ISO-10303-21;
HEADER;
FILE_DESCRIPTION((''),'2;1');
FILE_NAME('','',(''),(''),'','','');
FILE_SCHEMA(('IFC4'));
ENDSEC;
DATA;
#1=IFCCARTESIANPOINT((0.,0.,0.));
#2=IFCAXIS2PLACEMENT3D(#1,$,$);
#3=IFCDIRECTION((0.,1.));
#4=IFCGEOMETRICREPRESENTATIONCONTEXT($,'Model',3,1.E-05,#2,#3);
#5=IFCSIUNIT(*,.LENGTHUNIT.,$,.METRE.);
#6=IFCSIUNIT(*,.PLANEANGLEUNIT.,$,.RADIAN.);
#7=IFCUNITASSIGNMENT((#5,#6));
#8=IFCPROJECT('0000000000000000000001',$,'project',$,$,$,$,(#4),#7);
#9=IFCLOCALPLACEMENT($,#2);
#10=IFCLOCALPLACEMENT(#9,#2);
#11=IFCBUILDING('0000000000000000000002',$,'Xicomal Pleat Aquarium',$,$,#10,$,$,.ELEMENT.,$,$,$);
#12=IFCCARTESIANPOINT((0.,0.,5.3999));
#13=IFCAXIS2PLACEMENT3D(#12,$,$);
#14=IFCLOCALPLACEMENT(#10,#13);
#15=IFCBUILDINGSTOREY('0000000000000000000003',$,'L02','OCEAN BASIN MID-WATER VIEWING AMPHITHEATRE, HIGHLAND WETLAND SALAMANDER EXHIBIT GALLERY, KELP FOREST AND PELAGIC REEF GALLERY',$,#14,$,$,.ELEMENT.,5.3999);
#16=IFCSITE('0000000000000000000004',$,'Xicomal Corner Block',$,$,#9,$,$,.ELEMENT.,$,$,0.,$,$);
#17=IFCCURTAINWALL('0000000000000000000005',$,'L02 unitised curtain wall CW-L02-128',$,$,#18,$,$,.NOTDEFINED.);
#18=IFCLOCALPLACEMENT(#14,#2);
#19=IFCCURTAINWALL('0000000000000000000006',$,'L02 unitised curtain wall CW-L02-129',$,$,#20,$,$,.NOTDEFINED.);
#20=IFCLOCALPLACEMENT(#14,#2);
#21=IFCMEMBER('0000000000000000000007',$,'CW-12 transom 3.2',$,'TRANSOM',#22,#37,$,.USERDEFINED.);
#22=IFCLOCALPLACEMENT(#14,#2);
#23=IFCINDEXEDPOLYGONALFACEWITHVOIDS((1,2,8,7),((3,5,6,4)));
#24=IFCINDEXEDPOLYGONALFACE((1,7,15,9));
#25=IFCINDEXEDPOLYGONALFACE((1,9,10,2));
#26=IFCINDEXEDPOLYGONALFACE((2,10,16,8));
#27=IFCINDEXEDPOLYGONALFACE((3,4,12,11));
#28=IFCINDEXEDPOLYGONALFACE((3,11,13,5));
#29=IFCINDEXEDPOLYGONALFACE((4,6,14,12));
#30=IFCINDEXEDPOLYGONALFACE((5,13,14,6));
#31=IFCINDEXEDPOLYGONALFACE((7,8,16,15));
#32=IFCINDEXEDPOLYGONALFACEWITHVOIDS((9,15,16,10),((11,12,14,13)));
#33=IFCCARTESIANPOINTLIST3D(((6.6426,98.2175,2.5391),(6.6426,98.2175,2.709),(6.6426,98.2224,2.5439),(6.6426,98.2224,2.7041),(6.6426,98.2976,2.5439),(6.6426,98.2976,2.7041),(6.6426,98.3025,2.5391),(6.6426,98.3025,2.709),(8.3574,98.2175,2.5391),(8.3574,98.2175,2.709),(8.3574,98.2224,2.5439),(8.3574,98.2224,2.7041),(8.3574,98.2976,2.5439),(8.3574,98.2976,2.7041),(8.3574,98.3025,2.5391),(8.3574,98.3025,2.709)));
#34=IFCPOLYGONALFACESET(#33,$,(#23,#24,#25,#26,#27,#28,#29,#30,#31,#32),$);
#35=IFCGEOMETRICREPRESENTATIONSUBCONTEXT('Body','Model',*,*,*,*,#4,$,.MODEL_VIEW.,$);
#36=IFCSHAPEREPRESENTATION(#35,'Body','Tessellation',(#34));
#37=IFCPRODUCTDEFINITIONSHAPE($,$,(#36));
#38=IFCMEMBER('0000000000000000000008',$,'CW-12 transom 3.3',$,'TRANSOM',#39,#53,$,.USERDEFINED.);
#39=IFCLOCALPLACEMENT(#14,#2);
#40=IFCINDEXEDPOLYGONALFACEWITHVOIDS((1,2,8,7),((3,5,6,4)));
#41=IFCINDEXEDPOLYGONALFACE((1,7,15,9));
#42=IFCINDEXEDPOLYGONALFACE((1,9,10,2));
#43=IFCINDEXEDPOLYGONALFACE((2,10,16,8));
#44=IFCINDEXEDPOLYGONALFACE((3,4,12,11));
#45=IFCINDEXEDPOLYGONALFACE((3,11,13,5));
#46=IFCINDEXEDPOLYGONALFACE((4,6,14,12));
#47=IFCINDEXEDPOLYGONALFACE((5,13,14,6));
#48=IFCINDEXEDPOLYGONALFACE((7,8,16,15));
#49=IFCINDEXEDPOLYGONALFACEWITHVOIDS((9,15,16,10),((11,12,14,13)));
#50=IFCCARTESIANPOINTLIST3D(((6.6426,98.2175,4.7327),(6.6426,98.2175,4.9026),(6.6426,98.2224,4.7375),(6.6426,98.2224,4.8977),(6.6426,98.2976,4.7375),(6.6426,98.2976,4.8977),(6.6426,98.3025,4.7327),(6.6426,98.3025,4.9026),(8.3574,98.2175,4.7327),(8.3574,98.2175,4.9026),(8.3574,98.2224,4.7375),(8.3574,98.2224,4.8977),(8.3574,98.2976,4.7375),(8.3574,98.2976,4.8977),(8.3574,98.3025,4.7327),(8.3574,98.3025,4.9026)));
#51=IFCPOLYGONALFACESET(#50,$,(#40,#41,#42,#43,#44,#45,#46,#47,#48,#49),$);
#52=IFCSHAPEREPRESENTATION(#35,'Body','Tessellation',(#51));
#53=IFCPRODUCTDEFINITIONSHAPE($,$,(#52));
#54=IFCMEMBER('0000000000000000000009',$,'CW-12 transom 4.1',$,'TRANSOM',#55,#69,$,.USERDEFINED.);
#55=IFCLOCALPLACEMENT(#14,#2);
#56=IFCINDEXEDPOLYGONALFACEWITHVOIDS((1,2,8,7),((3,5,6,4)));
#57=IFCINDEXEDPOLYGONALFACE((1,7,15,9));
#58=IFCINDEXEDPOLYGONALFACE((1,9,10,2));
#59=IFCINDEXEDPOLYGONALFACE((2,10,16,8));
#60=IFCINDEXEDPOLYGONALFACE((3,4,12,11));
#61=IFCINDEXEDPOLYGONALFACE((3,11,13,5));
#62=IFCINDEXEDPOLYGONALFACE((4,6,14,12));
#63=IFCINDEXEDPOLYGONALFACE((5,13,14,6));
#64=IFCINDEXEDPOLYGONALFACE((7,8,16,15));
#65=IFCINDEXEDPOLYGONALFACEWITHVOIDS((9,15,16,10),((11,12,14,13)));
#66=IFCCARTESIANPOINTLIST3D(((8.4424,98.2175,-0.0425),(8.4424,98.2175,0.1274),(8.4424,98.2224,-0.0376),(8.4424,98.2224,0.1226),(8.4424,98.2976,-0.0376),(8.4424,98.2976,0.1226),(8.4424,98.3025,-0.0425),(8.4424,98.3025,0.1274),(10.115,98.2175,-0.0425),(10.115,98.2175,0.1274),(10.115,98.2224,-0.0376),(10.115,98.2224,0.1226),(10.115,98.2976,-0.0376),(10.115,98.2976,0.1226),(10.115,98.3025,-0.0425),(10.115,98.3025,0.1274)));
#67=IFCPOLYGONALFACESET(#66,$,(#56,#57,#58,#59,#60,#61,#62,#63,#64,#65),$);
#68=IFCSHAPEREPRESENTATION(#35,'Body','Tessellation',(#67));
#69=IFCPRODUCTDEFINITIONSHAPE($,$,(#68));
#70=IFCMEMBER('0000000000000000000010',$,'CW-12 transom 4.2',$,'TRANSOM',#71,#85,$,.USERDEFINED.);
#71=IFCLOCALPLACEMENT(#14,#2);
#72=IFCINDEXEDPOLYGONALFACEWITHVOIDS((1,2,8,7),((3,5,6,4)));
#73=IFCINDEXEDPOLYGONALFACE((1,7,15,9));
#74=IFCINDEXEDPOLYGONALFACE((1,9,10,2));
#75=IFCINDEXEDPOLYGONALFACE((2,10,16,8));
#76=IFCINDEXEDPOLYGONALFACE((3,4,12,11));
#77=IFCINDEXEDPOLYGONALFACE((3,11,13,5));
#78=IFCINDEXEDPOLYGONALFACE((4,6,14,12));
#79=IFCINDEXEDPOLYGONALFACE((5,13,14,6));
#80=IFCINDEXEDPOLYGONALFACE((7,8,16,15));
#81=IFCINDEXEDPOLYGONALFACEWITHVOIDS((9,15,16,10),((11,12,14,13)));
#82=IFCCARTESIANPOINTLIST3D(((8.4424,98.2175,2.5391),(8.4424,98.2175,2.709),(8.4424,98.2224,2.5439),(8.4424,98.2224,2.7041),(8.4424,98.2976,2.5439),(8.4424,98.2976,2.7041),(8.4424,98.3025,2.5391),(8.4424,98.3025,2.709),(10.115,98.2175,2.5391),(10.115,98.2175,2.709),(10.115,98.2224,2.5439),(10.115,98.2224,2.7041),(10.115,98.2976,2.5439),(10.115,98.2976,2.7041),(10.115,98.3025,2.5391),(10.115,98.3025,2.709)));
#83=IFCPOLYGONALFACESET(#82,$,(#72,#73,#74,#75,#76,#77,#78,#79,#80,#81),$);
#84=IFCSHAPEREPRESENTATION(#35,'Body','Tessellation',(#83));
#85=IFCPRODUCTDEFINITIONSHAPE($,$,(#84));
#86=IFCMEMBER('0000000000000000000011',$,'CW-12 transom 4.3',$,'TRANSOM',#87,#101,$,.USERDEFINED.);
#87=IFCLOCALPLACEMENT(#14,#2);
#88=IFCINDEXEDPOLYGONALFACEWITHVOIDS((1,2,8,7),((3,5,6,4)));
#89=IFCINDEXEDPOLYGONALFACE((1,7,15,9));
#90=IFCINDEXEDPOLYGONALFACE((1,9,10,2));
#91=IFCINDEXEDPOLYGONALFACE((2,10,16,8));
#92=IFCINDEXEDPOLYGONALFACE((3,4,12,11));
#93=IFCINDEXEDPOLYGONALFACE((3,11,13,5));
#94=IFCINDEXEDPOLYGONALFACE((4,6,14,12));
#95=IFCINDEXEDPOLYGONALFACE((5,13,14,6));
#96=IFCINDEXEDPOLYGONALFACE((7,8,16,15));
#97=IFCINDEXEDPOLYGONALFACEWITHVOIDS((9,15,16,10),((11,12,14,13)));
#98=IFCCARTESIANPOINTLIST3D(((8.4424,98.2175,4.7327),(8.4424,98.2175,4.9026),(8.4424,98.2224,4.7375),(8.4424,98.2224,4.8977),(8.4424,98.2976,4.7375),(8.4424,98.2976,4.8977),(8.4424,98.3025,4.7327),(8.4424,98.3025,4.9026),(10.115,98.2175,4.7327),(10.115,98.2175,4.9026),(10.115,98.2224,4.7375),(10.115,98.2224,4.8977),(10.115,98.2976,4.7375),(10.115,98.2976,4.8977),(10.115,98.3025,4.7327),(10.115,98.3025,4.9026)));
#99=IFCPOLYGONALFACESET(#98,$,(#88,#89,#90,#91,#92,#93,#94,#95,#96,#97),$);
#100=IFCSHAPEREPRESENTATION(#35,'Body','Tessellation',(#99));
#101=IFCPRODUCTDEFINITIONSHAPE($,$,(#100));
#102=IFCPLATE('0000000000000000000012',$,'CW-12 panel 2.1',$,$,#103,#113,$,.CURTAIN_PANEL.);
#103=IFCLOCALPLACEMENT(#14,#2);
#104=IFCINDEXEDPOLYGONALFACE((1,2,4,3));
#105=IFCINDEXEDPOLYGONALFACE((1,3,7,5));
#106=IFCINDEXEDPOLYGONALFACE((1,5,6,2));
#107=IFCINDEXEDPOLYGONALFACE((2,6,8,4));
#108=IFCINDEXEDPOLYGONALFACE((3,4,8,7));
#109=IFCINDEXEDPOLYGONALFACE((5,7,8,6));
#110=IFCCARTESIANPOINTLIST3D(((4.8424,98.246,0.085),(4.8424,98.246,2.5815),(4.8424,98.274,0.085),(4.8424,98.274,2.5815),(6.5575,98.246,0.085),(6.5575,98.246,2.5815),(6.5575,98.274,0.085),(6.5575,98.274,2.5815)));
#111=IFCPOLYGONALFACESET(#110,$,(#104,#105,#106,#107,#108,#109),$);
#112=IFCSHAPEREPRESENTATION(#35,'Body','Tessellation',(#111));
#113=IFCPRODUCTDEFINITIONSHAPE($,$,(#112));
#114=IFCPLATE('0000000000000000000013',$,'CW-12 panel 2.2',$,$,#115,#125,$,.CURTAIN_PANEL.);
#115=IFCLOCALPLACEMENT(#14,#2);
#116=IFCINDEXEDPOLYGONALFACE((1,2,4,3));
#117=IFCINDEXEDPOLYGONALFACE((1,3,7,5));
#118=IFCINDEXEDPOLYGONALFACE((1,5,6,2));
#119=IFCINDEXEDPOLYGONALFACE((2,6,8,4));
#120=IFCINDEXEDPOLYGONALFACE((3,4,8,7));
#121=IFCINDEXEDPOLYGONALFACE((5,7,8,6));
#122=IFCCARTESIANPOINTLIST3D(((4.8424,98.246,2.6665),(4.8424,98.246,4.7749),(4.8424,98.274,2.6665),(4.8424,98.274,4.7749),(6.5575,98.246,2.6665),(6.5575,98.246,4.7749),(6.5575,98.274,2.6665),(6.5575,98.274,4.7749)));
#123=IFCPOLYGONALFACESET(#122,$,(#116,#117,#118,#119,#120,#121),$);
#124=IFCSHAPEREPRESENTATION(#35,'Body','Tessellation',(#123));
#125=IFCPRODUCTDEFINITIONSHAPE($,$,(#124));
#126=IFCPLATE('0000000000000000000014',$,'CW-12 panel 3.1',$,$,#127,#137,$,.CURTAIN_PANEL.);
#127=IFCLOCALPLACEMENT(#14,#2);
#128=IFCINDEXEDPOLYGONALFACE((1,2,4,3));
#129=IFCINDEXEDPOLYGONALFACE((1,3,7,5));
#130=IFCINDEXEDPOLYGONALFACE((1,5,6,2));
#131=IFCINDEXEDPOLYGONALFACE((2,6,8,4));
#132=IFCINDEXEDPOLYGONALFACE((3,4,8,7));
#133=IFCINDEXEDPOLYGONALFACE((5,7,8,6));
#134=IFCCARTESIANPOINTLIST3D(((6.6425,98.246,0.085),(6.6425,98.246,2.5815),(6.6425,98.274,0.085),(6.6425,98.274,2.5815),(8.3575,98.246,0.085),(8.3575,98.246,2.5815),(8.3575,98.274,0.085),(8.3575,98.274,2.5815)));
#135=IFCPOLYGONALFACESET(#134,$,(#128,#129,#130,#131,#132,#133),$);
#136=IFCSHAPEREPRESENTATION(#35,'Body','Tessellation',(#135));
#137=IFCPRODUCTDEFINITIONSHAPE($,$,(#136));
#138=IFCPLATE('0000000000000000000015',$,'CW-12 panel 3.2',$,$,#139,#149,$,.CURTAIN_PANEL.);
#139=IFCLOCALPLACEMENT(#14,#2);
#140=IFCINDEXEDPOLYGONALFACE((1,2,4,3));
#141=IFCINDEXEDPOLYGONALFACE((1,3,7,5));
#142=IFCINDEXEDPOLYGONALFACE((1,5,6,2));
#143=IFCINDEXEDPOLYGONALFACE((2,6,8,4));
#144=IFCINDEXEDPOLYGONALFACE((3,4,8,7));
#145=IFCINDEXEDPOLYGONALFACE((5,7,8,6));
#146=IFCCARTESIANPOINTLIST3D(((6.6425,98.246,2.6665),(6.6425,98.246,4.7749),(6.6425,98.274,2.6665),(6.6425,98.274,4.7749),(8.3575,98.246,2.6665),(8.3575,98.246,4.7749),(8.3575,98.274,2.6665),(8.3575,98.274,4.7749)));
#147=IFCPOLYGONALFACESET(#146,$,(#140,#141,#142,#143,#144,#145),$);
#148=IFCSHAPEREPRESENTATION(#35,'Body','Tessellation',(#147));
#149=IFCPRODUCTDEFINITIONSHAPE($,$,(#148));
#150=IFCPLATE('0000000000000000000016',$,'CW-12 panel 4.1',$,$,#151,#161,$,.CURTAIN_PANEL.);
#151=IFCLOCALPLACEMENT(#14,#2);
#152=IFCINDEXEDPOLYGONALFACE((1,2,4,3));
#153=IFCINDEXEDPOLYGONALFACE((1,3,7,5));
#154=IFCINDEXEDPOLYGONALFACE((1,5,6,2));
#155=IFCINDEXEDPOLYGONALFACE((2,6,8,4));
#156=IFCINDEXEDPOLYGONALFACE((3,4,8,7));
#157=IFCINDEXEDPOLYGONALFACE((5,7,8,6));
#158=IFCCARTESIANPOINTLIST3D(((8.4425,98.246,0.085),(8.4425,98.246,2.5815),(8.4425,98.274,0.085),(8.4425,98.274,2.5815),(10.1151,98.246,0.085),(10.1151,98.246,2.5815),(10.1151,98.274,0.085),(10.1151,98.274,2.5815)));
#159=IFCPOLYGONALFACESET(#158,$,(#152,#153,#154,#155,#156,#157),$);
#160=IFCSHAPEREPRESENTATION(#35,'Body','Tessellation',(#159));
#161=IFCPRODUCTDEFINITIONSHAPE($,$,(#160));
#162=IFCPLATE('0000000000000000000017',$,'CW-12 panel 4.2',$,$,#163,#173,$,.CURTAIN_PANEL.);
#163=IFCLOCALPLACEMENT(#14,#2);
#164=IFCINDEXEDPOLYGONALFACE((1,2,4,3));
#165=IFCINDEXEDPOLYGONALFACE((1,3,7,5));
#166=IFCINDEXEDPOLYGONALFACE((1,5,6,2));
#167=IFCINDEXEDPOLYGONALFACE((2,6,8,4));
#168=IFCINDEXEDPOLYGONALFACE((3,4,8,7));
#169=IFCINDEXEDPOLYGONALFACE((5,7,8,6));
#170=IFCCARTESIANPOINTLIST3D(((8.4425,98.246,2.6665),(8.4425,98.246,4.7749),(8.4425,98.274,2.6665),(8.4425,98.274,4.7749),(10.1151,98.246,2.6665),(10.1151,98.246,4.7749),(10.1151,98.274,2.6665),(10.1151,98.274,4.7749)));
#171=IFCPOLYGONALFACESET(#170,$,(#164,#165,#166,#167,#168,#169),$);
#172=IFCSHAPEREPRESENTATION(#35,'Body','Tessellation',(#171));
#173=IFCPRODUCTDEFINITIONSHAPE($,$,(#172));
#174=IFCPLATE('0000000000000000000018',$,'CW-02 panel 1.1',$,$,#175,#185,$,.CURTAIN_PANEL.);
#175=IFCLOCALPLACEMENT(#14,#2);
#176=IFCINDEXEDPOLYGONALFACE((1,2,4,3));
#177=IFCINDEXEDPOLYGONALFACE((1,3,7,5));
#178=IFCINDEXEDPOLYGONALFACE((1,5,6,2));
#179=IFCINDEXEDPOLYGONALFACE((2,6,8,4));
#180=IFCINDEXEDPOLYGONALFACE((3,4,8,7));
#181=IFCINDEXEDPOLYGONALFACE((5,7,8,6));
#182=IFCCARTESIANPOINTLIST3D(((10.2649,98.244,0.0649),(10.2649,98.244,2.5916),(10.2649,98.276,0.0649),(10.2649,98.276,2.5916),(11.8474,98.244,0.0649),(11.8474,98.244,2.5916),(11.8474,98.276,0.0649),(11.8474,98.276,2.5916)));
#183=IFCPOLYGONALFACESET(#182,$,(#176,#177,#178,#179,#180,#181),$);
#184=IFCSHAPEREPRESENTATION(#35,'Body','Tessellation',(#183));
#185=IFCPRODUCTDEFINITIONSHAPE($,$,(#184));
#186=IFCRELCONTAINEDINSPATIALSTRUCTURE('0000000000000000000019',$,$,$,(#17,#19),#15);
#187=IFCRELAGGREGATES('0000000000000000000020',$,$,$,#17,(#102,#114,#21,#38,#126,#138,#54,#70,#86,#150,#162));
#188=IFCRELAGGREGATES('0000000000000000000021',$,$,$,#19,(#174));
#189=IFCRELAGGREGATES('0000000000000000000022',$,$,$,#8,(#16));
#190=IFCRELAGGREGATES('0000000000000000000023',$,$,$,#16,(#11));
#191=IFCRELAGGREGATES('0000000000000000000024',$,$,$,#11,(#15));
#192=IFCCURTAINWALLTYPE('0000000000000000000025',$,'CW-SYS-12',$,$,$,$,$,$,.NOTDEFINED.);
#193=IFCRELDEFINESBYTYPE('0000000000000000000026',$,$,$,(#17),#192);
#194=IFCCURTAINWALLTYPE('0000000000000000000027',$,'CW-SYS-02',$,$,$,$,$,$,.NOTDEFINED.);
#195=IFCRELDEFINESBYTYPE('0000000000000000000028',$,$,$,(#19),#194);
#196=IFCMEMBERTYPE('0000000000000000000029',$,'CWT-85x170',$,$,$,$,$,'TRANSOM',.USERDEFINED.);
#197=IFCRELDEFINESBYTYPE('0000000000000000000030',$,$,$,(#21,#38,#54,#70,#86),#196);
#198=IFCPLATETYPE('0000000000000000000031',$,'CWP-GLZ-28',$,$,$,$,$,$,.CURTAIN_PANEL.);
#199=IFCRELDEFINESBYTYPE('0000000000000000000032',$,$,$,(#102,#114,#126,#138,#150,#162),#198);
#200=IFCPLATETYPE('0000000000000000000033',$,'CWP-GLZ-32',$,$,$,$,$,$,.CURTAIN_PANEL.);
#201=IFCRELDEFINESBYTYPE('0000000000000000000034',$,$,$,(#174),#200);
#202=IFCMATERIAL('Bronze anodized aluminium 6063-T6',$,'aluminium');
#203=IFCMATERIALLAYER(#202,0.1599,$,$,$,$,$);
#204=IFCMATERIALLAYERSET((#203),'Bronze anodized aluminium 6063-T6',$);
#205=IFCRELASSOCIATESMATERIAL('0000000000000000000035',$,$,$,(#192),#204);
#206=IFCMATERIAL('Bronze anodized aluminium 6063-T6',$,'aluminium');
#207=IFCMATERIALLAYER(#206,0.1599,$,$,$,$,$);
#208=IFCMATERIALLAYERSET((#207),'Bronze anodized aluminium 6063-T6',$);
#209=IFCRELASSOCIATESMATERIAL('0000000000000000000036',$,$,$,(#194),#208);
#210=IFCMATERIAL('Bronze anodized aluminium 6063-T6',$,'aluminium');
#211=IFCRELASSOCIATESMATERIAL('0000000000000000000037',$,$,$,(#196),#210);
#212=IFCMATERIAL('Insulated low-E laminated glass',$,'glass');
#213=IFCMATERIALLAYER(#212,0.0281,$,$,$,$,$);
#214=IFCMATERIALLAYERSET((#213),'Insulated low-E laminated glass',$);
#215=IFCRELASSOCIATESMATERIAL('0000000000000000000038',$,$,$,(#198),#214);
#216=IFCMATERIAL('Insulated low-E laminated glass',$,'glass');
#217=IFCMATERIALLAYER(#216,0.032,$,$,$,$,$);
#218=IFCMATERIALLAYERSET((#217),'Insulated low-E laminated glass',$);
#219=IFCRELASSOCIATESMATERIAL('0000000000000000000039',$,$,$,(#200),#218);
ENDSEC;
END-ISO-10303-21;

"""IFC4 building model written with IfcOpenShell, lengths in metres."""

from ifc_helpers import new_model, si_unit, direction, frame, origin, origin_2d, place, context, subcontext, project, spatial, rectangle, hollow_rectangle, extrude, material, layer, layer_set, material_profile, profile_set, type_object, element, aggregate, save


model = new_model("IFC4")

# Units and contexts
model_context = context("Model", 3, precision=1e-05, world=origin(), true_north=direction((0.0, 1.0)))
body_context = subcontext(model_context, "Body", "Model", "MODEL_VIEW")
ifc_project = project(units=[si_unit("LENGTHUNIT", "METRE"), si_unit("PLANEANGLEUNIT", "RADIAN")], contexts=[model_context])

# Site, building, storey
site_placement = place(None, origin())
site = spatial("IfcSite", under=ifc_project, at=site_placement, Name="Xicomal Corner Block", CompositionType="ELEMENT", RefElevation=0.0)
building_placement = place(site_placement, origin())
building = spatial("IfcBuilding", under=site, at=building_placement, Name="Xicomal Pleat Aquarium", CompositionType="ELEMENT")
storey_placement = place(building_placement, frame((0.0, 0.0, 5.3999)))
storey = spatial("IfcBuildingStorey", under=building, at=storey_placement, Name="L02", Description="OCEAN BASIN MID-WATER VIEWING AMPHITHEATRE, HIGHLAND WETLAND SALAMANDER EXHIBIT GALLERY, KELP FOREST AND PELAGIC REEF GALLERY", CompositionType="ELEMENT", Elevation=5.3999)

# Curtain walls
ifc_material_1 = material(Name="Bronze anodized aluminium 6063-T6", Category="aluminium")
ifc_layer_1 = layer(ifc_material_1, 0.1599)
ifc_layer_set_1 = layer_set([ifc_layer_1], Name="Bronze anodized aluminium 6063-T6")
curtain_wall_type_1 = type_object("IfcCurtainWallType", Name="CW-SYS-12", PredefinedType="NOTDEFINED", material=ifc_layer_set_1)
curtain_wall_1_placement = place(storey_placement, origin())
curtain_wall_1 = element("IfcCurtainWall", 1, at=curtain_wall_1_placement, inside=storey, type_object=curtain_wall_type_1, Name="L02 unitised curtain wall CW-L02-128", PredefinedType="NOTDEFINED")
ifc_material_2 = material(Name="Bronze anodized aluminium 6063-T6", Category="aluminium")
ifc_layer_2 = layer(ifc_material_2, 0.1599)
ifc_layer_set_2 = layer_set([ifc_layer_2], Name="Bronze anodized aluminium 6063-T6")
curtain_wall_type_2 = type_object("IfcCurtainWallType", Name="CW-SYS-02", PredefinedType="NOTDEFINED", material=ifc_layer_set_2)
curtain_wall_2_placement = place(storey_placement, origin())
curtain_wall_2 = element("IfcCurtainWall", 2, at=curtain_wall_2_placement, inside=storey, type_object=curtain_wall_type_2, Name="L02 unitised curtain wall CW-L02-129", PredefinedType="NOTDEFINED")

# Members
ifc_material_3 = material(Name="Bronze anodized aluminium 6063-T6", Category="aluminium")
ifc_material_profile_1 = material_profile(ifc_material_3, hollow_rectangle(XDim=0.085, YDim=0.1699, WallThickness=0.0049, at=origin_2d()), Name="ALU TRAN 85x170")
ifc_profile_set_1 = profile_set([ifc_material_profile_1], Name="Bronze anodized aluminium 6063-T6")
member_type_1 = type_object("IfcMemberType", Name="CWT-85x170", ElementType="TRANSOM", PredefinedType="USERDEFINED", material=ifc_profile_set_1)
member_1_placement = place(storey_placement, frame((6.6426, 98.26, 2.624), z_axis=(1.0, 0.0, 0.0), x_axis=(0.0, 1.0, 0.0)))
member_1 = element("IfcMember", 3, at=member_1_placement, type_object=member_type_1, Name="CW-12 transom 3.2", ObjectType="TRANSOM", PredefinedType="USERDEFINED", context=body_context, shape_type="SweptSolid", body=[
    extrude(hollow_rectangle(XDim=0.085, YDim=0.1699, WallThickness=0.0049, at=origin_2d()), origin(), (0.0, 0.0, 1.0), 1.7148),
])
member_2_placement = place(storey_placement, frame((6.6426, 98.26, 4.8176), z_axis=(1.0, 0.0, 0.0), x_axis=(0.0, 1.0, 0.0)))
member_2 = element("IfcMember", 4, at=member_2_placement, type_object=member_type_1, Name="CW-12 transom 3.3", ObjectType="TRANSOM", PredefinedType="USERDEFINED", context=body_context, shape_type="SweptSolid", body=[
    extrude(hollow_rectangle(XDim=0.085, YDim=0.1699, WallThickness=0.0049, at=origin_2d()), origin(), (0.0, 0.0, 1.0), 1.7148),
])
member_3_placement = place(storey_placement, frame((8.4424, 98.26, 0.0425), z_axis=(1.0, 0.0, 0.0), x_axis=(0.0, 1.0, 0.0)))
member_3 = element("IfcMember", 5, at=member_3_placement, type_object=member_type_1, Name="CW-12 transom 4.1", ObjectType="TRANSOM", PredefinedType="USERDEFINED", context=body_context, shape_type="SweptSolid", body=[
    extrude(hollow_rectangle(XDim=0.085, YDim=0.1699, WallThickness=0.0049, at=origin_2d()), origin(), (0.0, 0.0, 1.0), 1.6726),
])
member_4_placement = place(storey_placement, frame((8.4424, 98.26, 2.624), z_axis=(1.0, 0.0, 0.0), x_axis=(0.0, 1.0, 0.0)))
member_4 = element("IfcMember", 6, at=member_4_placement, type_object=member_type_1, Name="CW-12 transom 4.2", ObjectType="TRANSOM", PredefinedType="USERDEFINED", context=body_context, shape_type="SweptSolid", body=[
    extrude(hollow_rectangle(XDim=0.085, YDim=0.1699, WallThickness=0.0049, at=origin_2d()), origin(), (0.0, 0.0, 1.0), 1.6726),
])
member_5_placement = place(storey_placement, frame((8.4424, 98.26, 4.8176), z_axis=(1.0, 0.0, 0.0), x_axis=(0.0, 1.0, 0.0)))
member_5 = element("IfcMember", 7, at=member_5_placement, type_object=member_type_1, Name="CW-12 transom 4.3", ObjectType="TRANSOM", PredefinedType="USERDEFINED", context=body_context, shape_type="SweptSolid", body=[
    extrude(hollow_rectangle(XDim=0.085, YDim=0.1699, WallThickness=0.0049, at=origin_2d()), origin(), (0.0, 0.0, 1.0), 1.6726),
])

# Plates
ifc_material_4 = material(Name="Insulated low-E laminated glass", Category="glass")
ifc_layer_3 = layer(ifc_material_4, 0.0281)
ifc_layer_set_3 = layer_set([ifc_layer_3], Name="Insulated low-E laminated glass")
plate_type_1 = type_object("IfcPlateType", Name="CWP-GLZ-28", PredefinedType="CURTAIN_PANEL", material=ifc_layer_set_3)
plate_1_placement = place(storey_placement, frame((5.7, 98.26, 0.085), z_axis=(0.0, 0.0, 1.0), x_axis=(1.0, 0.0, 0.0)))
plate_1 = element("IfcPlate", 8, at=plate_1_placement, type_object=plate_type_1, Name="CW-12 panel 2.1", PredefinedType="CURTAIN_PANEL", context=body_context, shape_type="SweptSolid", body=[
    extrude(rectangle(XDim=1.7151, YDim=0.0281, at=origin_2d()), origin(), (0.0, 0.0, 1.0), 2.4966),
])
plate_2_placement = place(storey_placement, frame((5.7, 98.26, 2.6665), z_axis=(0.0, 0.0, 1.0), x_axis=(1.0, 0.0, 0.0)))
plate_2 = element("IfcPlate", 9, at=plate_2_placement, type_object=plate_type_1, Name="CW-12 panel 2.2", PredefinedType="CURTAIN_PANEL", context=body_context, shape_type="SweptSolid", body=[
    extrude(rectangle(XDim=1.7151, YDim=0.0281, at=origin_2d()), origin(), (0.0, 0.0, 1.0), 2.1084),
])
plate_3_placement = place(storey_placement, frame((7.5, 98.26, 0.085), z_axis=(0.0, 0.0, 1.0), x_axis=(1.0, 0.0, 0.0)))
plate_3 = element("IfcPlate", 10, at=plate_3_placement, type_object=plate_type_1, Name="CW-12 panel 3.1", PredefinedType="CURTAIN_PANEL", context=body_context, shape_type="SweptSolid", body=[
    extrude(rectangle(XDim=1.7151, YDim=0.0281, at=origin_2d()), origin(), (0.0, 0.0, 1.0), 2.4966),
])
plate_4_placement = place(storey_placement, frame((7.5, 98.26, 2.6665), z_axis=(0.0, 0.0, 1.0), x_axis=(1.0, 0.0, 0.0)))
plate_4 = element("IfcPlate", 11, at=plate_4_placement, type_object=plate_type_1, Name="CW-12 panel 3.2", PredefinedType="CURTAIN_PANEL", context=body_context, shape_type="SweptSolid", body=[
    extrude(rectangle(XDim=1.7151, YDim=0.0281, at=origin_2d()), origin(), (0.0, 0.0, 1.0), 2.1084),
])
plate_5_placement = place(storey_placement, frame((9.2788, 98.26, 0.085), z_axis=(0.0, 0.0, 1.0), x_axis=(1.0, 0.0, 0.0)))
plate_5 = element("IfcPlate", 12, at=plate_5_placement, type_object=plate_type_1, Name="CW-12 panel 4.1", PredefinedType="CURTAIN_PANEL", context=body_context, shape_type="SweptSolid", body=[
    extrude(rectangle(XDim=1.6726, YDim=0.0281, at=origin_2d()), origin(), (0.0, 0.0, 1.0), 2.4966),
])
plate_6_placement = place(storey_placement, frame((9.2788, 98.26, 2.6665), z_axis=(0.0, 0.0, 1.0), x_axis=(1.0, 0.0, 0.0)))
plate_6 = element("IfcPlate", 13, at=plate_6_placement, type_object=plate_type_1, Name="CW-12 panel 4.2", PredefinedType="CURTAIN_PANEL", context=body_context, shape_type="SweptSolid", body=[
    extrude(rectangle(XDim=1.6726, YDim=0.0281, at=origin_2d()), origin(), (0.0, 0.0, 1.0), 2.1084),
])
aggregate(curtain_wall_1, [plate_1, plate_2, member_1, member_2, plate_3, plate_4, member_3, member_4, member_5, plate_5, plate_6])
ifc_material_5 = material(Name="Insulated low-E laminated glass", Category="glass")
ifc_layer_4 = layer(ifc_material_5, 0.032)
ifc_layer_set_4 = layer_set([ifc_layer_4], Name="Insulated low-E laminated glass")
plate_type_2 = type_object("IfcPlateType", Name="CWP-GLZ-32", PredefinedType="CURTAIN_PANEL", material=ifc_layer_set_4)
plate_7_placement = place(storey_placement, frame((11.0562, 98.26, 0.0649), z_axis=(0.0, 0.0, 1.0), x_axis=(1.0, 0.0, 0.0)))
plate_7 = element("IfcPlate", 14, at=plate_7_placement, type_object=plate_type_2, Name="CW-02 panel 1.1", PredefinedType="CURTAIN_PANEL", context=body_context, shape_type="SweptSolid", body=[
    extrude(rectangle(XDim=1.5825, YDim=0.032, at=origin_2d()), origin(), (0.0, 0.0, 1.0), 2.5266),
])
aggregate(curtain_wall_2, [plate_7])

save(model, "model.ifc")
